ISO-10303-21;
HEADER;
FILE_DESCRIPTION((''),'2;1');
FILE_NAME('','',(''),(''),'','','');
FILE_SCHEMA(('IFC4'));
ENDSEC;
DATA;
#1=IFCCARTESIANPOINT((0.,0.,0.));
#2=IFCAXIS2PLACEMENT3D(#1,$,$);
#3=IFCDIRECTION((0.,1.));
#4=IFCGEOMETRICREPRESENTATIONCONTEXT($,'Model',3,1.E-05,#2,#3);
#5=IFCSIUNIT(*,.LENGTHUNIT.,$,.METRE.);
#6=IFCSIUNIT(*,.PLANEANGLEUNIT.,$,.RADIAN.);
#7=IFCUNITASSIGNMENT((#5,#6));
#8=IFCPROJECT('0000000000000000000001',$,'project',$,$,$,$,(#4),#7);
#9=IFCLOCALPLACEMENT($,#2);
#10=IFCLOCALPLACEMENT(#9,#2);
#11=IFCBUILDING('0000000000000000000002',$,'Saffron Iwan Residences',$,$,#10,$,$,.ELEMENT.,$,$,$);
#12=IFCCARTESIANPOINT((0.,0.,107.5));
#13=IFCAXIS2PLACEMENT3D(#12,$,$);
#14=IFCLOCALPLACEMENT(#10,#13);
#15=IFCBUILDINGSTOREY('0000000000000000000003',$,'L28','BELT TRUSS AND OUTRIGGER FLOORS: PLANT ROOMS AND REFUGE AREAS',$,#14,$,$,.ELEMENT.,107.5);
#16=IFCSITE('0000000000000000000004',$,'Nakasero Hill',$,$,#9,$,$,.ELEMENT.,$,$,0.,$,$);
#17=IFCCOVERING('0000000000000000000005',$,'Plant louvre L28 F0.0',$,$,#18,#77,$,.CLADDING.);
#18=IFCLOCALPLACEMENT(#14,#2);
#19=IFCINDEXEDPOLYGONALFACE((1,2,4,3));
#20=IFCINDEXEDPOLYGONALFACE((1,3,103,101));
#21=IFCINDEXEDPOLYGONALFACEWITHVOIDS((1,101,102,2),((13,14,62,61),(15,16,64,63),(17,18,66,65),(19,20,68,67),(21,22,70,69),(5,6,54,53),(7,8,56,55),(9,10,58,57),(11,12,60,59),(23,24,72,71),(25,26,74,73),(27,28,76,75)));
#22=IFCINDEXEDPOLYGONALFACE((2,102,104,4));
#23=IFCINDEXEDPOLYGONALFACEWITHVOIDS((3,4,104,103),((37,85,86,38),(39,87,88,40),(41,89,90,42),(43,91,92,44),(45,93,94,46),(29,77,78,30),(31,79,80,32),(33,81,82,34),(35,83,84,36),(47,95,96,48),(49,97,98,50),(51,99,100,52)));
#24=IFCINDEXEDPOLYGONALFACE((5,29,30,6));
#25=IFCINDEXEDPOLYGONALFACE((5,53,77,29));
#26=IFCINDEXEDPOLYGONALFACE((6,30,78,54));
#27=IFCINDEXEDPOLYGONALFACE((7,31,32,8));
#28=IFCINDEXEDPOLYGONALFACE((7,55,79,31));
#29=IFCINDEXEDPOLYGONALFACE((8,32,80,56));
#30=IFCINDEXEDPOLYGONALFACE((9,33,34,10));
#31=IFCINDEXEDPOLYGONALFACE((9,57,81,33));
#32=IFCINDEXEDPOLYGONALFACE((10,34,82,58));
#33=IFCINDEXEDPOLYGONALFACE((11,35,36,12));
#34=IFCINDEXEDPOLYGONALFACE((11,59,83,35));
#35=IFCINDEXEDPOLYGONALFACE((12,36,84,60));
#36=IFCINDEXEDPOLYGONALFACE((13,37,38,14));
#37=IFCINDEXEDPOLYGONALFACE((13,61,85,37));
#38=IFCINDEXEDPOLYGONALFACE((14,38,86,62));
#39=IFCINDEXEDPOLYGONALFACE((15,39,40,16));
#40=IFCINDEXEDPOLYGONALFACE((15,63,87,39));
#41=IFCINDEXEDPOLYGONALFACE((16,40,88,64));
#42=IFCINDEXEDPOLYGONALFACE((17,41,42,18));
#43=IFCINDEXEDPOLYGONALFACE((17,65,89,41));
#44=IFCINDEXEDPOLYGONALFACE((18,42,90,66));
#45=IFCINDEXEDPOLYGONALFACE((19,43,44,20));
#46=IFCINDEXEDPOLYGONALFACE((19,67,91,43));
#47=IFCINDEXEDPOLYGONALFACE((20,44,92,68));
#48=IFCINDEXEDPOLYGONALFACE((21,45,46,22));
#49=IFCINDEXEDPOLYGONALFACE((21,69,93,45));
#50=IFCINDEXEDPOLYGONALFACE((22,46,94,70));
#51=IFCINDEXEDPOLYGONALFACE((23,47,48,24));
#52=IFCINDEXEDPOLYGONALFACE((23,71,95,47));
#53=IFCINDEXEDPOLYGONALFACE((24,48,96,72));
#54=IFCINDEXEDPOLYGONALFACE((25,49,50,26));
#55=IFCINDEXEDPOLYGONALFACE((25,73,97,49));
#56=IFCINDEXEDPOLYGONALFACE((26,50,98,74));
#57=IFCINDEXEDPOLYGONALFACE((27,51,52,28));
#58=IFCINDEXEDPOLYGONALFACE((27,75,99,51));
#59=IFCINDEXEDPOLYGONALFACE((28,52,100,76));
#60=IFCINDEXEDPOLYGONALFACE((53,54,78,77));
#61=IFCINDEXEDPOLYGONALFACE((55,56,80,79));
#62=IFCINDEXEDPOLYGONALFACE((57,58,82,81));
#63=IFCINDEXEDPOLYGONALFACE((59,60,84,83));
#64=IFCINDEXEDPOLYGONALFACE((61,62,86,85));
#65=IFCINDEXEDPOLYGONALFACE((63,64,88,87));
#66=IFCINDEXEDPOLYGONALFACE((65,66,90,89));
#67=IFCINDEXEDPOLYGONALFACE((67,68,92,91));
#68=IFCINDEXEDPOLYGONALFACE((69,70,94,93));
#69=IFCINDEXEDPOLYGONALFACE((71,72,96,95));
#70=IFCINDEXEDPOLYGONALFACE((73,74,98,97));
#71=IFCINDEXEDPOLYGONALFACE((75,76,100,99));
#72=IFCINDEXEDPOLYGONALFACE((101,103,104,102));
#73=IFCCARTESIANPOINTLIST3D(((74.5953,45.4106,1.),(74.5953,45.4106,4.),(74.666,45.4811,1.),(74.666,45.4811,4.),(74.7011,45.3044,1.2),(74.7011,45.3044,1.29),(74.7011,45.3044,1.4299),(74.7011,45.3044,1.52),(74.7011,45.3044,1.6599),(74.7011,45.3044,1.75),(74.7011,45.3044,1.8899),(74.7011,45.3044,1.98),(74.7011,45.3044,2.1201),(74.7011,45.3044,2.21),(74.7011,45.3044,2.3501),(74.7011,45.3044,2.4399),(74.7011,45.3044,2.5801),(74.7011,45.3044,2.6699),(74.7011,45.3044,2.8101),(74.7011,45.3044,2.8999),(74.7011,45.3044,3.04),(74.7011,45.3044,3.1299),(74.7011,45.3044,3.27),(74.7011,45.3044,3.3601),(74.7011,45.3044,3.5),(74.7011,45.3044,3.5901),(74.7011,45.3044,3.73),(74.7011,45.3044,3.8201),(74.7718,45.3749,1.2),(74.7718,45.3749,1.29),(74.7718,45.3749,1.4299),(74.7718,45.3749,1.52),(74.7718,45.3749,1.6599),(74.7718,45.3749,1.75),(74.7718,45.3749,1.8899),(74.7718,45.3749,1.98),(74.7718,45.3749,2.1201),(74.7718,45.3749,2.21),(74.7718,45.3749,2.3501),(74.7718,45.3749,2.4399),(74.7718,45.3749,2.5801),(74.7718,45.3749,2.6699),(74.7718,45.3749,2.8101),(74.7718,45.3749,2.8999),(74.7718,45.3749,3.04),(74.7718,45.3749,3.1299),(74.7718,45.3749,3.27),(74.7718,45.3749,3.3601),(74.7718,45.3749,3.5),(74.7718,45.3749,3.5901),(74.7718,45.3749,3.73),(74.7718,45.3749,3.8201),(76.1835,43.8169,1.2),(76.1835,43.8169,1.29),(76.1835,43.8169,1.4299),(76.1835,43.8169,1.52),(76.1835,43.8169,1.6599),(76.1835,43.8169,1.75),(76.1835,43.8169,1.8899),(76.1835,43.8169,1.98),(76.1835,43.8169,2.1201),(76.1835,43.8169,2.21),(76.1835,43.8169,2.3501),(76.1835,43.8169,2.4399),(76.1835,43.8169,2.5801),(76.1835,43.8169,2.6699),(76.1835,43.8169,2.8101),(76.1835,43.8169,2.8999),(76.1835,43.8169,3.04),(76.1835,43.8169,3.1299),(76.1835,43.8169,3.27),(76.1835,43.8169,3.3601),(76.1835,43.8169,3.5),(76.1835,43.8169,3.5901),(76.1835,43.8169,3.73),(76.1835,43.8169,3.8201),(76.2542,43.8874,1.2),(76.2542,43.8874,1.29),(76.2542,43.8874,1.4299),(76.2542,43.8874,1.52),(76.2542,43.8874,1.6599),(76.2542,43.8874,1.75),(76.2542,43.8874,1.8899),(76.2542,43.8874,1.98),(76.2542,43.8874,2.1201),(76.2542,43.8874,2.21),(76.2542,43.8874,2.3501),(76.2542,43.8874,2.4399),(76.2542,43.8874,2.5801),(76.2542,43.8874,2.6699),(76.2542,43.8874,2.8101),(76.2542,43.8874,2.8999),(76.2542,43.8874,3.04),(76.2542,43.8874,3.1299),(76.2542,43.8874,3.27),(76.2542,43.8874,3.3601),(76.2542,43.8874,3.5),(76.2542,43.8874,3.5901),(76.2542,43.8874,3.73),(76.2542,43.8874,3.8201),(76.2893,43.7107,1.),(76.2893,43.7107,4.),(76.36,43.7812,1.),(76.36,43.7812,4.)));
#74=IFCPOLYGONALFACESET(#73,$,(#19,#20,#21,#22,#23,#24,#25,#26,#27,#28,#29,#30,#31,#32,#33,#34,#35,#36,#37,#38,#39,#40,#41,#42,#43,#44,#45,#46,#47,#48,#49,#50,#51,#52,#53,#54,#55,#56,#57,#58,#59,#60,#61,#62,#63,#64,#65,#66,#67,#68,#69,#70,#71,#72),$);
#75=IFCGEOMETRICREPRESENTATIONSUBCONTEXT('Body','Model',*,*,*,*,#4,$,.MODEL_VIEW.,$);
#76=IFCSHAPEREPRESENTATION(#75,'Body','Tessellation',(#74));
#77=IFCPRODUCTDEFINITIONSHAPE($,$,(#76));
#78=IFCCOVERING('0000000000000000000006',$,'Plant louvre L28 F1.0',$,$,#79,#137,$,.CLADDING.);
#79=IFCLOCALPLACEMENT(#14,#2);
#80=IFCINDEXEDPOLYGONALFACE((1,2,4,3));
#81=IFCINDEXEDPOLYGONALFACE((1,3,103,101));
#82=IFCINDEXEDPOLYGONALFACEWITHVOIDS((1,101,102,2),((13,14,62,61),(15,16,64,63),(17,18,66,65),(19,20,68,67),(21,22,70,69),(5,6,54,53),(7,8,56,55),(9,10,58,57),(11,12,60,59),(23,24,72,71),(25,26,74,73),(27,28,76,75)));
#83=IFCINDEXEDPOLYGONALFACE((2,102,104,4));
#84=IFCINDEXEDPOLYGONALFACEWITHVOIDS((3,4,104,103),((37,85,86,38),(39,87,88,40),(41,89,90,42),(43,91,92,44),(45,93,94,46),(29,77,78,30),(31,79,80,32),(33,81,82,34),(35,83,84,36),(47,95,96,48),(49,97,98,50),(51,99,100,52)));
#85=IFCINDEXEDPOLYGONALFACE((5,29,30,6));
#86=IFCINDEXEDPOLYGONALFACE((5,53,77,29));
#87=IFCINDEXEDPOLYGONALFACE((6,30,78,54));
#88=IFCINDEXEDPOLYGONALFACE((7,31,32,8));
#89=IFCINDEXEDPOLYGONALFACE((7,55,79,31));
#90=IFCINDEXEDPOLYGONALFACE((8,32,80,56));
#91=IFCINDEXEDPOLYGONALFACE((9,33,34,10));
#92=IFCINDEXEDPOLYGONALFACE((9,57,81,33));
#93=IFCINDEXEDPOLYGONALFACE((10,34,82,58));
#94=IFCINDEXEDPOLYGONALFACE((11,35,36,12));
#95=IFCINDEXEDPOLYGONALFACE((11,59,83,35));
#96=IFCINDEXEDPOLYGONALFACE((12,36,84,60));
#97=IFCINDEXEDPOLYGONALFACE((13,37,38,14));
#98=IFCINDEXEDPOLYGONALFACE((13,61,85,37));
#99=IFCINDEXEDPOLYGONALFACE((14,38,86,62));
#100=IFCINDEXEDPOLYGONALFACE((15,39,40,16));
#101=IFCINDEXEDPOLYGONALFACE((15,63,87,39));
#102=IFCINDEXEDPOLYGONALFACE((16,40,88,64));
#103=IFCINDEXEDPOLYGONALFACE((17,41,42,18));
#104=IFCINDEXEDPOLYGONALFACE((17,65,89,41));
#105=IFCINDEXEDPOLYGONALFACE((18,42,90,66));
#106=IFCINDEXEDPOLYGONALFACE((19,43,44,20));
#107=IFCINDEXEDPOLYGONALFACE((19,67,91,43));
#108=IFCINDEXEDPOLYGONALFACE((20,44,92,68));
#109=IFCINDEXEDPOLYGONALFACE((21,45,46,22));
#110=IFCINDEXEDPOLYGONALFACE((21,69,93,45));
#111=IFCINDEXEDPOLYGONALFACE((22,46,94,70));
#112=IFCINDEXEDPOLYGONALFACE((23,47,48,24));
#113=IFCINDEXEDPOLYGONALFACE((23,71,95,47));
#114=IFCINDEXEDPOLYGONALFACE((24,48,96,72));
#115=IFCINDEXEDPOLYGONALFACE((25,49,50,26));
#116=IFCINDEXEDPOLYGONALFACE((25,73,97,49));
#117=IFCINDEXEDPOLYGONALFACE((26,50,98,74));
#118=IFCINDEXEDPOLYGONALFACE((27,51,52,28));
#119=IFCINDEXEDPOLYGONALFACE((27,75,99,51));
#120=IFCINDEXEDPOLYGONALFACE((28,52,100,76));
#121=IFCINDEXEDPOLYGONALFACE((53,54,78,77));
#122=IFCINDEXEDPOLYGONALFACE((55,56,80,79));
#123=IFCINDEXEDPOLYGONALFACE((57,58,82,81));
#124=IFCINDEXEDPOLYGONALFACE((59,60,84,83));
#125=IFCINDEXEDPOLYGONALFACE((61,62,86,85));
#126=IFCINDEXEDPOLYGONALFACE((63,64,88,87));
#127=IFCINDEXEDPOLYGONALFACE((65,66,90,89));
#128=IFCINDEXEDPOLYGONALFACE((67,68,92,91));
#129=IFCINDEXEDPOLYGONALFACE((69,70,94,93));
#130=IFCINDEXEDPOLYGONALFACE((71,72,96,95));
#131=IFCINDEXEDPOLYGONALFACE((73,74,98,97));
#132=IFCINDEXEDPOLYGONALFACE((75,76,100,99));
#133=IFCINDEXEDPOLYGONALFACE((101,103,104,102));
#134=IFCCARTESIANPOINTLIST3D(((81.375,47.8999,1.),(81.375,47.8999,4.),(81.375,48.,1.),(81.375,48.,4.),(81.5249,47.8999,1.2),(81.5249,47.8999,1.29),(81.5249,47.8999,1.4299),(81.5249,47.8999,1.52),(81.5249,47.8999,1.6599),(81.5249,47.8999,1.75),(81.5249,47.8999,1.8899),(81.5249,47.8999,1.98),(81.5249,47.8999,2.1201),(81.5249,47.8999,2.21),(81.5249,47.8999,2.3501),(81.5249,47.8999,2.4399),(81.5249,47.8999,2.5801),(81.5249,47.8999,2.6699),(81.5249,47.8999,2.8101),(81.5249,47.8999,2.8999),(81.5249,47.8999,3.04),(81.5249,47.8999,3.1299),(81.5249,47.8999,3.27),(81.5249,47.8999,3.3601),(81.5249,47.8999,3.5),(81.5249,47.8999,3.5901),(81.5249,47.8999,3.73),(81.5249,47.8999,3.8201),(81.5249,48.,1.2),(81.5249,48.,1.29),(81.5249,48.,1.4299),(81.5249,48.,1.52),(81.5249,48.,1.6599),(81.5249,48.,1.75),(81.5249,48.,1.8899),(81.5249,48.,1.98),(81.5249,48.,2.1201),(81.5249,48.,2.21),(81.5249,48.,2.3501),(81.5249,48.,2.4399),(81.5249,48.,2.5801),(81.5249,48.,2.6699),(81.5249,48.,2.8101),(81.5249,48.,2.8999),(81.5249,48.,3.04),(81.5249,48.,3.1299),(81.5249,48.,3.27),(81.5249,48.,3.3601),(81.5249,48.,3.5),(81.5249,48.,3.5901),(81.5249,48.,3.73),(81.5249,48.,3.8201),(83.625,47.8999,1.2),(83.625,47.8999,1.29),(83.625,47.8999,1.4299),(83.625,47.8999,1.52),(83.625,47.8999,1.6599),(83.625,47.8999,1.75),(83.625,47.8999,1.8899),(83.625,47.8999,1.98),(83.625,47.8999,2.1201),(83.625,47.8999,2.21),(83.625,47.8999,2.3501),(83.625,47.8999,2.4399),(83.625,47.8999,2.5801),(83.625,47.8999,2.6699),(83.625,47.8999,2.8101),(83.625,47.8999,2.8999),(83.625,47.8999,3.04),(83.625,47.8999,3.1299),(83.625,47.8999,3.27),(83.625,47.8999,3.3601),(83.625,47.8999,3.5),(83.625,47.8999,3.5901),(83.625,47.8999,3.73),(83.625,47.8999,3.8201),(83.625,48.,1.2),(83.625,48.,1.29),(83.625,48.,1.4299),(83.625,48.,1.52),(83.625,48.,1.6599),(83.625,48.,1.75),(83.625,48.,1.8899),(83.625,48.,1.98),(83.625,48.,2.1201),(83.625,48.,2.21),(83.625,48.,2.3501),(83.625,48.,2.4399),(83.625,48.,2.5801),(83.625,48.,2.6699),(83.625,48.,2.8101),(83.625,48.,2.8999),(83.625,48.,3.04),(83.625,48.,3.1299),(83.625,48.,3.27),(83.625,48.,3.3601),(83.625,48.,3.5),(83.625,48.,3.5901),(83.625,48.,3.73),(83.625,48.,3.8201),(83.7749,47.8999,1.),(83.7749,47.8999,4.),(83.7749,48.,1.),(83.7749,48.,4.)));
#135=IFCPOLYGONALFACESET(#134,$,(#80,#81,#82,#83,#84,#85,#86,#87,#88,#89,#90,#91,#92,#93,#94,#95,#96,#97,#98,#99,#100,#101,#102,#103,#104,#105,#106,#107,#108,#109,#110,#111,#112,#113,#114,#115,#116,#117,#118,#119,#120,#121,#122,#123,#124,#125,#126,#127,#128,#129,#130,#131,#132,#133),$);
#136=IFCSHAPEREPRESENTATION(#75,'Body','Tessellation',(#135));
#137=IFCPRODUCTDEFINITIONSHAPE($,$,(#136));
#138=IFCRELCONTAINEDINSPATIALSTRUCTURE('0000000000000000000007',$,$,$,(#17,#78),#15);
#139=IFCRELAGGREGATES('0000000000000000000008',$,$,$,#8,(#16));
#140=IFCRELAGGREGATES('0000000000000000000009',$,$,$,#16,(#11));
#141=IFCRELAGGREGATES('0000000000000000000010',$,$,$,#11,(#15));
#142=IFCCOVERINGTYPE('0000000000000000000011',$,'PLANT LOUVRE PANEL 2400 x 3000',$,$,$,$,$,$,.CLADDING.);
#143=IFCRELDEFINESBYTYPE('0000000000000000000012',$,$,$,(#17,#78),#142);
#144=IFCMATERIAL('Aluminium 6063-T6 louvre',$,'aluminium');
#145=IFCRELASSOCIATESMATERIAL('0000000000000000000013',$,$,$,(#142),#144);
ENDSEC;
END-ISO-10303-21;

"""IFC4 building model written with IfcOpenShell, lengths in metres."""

from ifc_helpers import new_model, si_unit, direction, frame, origin, place, context, subcontext, project, spatial, polyline, outline, extrude, material, type_object, element, save


model = new_model("IFC4")

# Units and contexts
model_context = context("Model", 3, precision=1e-05, world=origin(), true_north=direction((0.0, 1.0)))
body_context = subcontext(model_context, "Body", "Model", "MODEL_VIEW")
ifc_project = project(units=[si_unit("LENGTHUNIT", "METRE"), si_unit("PLANEANGLEUNIT", "RADIAN")], contexts=[model_context])

# Site, building, storey
site_placement = place(None, origin())
site = spatial("IfcSite", under=ifc_project, at=site_placement, Name="Nakasero Hill", CompositionType="ELEMENT", RefElevation=0.0)
building_placement = place(site_placement, origin())
building = spatial("IfcBuilding", under=site, at=building_placement, Name="Saffron Iwan Residences", CompositionType="ELEMENT")
storey_placement = place(building_placement, frame((0.0, 0.0, 107.5)))
storey = spatial("IfcBuildingStorey", under=building, at=storey_placement, Name="L28", Description="BELT TRUSS AND OUTRIGGER FLOORS: PLANT ROOMS AND REFUGE AREAS", CompositionType="ELEMENT", Elevation=107.5)

# Coverings
ifc_material_1 = material(Name="Aluminium 6063-T6 louvre", Category="aluminium")
covering_type_1 = type_object("IfcCoveringType", Name="PLANT LOUVRE PANEL 2400 x 3000", PredefinedType="CLADDING", material=ifc_material_1)
covering_1_placement = place(storey_placement, frame((76.2893, 43.7107, 1.0), z_axis=(0.708327, 0.705884, 0.0), x_axis=(-0.705884, 0.708327, 0.0)))
element("IfcCovering", 1, at=covering_1_placement, inside=storey, type_object=covering_type_1, Name="Plant louvre L28 F0.0", PredefinedType="CLADDING", context=body_context, shape_type="SweptSolid", body=[
    extrude(outline(polyline([(0.0, 0.0), (2.3999, 0.0), (2.3999, 3.0), (0.0, 3.0), (0.0, 0.0)]), holes=[polyline([(0.1499, 0.2), (2.25, 0.2), (2.25, 0.29), (0.1499, 0.29), (0.1499, 0.2)]), polyline([(0.1499, 0.4299), (2.25, 0.4299), (2.25, 0.52), (0.1499, 0.52), (0.1499, 0.4299)]), polyline([(0.1499, 0.6599), (2.25, 0.6599), (2.25, 0.75), (0.1499, 0.75), (0.1499, 0.6599)]), polyline([(0.1499, 0.8899), (2.25, 0.8899), (2.25, 0.98), (0.1499, 0.98), (0.1499, 0.8899)]), polyline([(0.1499, 1.1201), (2.25, 1.1201), (2.25, 1.21), (0.1499, 1.21), (0.1499, 1.1201)]), polyline([(0.1499, 1.3501), (2.25, 1.3501), (2.25, 1.4399), (0.1499, 1.4399), (0.1499, 1.3501)]), polyline([(0.1499, 1.5801), (2.25, 1.5801), (2.25, 1.6699), (0.1499, 1.6699), (0.1499, 1.5801)]), polyline([(0.1499, 1.8101), (2.25, 1.8101), (2.25, 1.8999), (0.1499, 1.8999), (0.1499, 1.8101)]), polyline([(0.1499, 2.04), (2.25, 2.04), (2.25, 2.1299), (0.1499, 2.1299), (0.1499, 2.04)]), polyline([(0.1499, 2.27), (2.25, 2.27), (2.25, 2.3601), (0.1499, 2.3601), (0.1499, 2.27)]), polyline([(0.1499, 2.5), (2.25, 2.5), (2.25, 2.5901), (0.1499, 2.5901), (0.1499, 2.5)]), polyline([(0.1499, 2.73), (2.25, 2.73), (2.25, 2.8201), (0.1499, 2.8201), (0.1499, 2.73)])]), origin(), (0.0, 0.0, 1.0), 0.0999),
])
covering_2_placement = place(storey_placement, frame((81.375, 48.0, 1.0), z_axis=(0.0, -1.0, 0.0), x_axis=(1.0, 0.0, 0.0)))
element("IfcCovering", 2, at=covering_2_placement, inside=storey, type_object=covering_type_1, Name="Plant louvre L28 F1.0", PredefinedType="CLADDING", context=body_context, shape_type="SweptSolid", body=[
    extrude(outline(polyline([(0.0, 0.0), (2.3999, 0.0), (2.3999, 3.0), (0.0, 3.0), (0.0, 0.0)]), holes=[polyline([(0.1499, 0.2), (2.25, 0.2), (2.25, 0.29), (0.1499, 0.29), (0.1499, 0.2)]), polyline([(0.1499, 0.4299), (2.25, 0.4299), (2.25, 0.52), (0.1499, 0.52), (0.1499, 0.4299)]), polyline([(0.1499, 0.6599), (2.25, 0.6599), (2.25, 0.75), (0.1499, 0.75), (0.1499, 0.6599)]), polyline([(0.1499, 0.8899), (2.25, 0.8899), (2.25, 0.98), (0.1499, 0.98), (0.1499, 0.8899)]), polyline([(0.1499, 1.1201), (2.25, 1.1201), (2.25, 1.21), (0.1499, 1.21), (0.1499, 1.1201)]), polyline([(0.1499, 1.3501), (2.25, 1.3501), (2.25, 1.4399), (0.1499, 1.4399), (0.1499, 1.3501)]), polyline([(0.1499, 1.5801), (2.25, 1.5801), (2.25, 1.6699), (0.1499, 1.6699), (0.1499, 1.5801)]), polyline([(0.1499, 1.8101), (2.25, 1.8101), (2.25, 1.8999), (0.1499, 1.8999), (0.1499, 1.8101)]), polyline([(0.1499, 2.04), (2.25, 2.04), (2.25, 2.1299), (0.1499, 2.1299), (0.1499, 2.04)]), polyline([(0.1499, 2.27), (2.25, 2.27), (2.25, 2.3601), (0.1499, 2.3601), (0.1499, 2.27)]), polyline([(0.1499, 2.5), (2.25, 2.5), (2.25, 2.5901), (0.1499, 2.5901), (0.1499, 2.5)]), polyline([(0.1499, 2.73), (2.25, 2.73), (2.25, 2.8201), (0.1499, 2.8201), (0.1499, 2.73)])]), origin(), (0.0, 0.0, 1.0), 0.1001),
])

save(model, "model.ifc")
